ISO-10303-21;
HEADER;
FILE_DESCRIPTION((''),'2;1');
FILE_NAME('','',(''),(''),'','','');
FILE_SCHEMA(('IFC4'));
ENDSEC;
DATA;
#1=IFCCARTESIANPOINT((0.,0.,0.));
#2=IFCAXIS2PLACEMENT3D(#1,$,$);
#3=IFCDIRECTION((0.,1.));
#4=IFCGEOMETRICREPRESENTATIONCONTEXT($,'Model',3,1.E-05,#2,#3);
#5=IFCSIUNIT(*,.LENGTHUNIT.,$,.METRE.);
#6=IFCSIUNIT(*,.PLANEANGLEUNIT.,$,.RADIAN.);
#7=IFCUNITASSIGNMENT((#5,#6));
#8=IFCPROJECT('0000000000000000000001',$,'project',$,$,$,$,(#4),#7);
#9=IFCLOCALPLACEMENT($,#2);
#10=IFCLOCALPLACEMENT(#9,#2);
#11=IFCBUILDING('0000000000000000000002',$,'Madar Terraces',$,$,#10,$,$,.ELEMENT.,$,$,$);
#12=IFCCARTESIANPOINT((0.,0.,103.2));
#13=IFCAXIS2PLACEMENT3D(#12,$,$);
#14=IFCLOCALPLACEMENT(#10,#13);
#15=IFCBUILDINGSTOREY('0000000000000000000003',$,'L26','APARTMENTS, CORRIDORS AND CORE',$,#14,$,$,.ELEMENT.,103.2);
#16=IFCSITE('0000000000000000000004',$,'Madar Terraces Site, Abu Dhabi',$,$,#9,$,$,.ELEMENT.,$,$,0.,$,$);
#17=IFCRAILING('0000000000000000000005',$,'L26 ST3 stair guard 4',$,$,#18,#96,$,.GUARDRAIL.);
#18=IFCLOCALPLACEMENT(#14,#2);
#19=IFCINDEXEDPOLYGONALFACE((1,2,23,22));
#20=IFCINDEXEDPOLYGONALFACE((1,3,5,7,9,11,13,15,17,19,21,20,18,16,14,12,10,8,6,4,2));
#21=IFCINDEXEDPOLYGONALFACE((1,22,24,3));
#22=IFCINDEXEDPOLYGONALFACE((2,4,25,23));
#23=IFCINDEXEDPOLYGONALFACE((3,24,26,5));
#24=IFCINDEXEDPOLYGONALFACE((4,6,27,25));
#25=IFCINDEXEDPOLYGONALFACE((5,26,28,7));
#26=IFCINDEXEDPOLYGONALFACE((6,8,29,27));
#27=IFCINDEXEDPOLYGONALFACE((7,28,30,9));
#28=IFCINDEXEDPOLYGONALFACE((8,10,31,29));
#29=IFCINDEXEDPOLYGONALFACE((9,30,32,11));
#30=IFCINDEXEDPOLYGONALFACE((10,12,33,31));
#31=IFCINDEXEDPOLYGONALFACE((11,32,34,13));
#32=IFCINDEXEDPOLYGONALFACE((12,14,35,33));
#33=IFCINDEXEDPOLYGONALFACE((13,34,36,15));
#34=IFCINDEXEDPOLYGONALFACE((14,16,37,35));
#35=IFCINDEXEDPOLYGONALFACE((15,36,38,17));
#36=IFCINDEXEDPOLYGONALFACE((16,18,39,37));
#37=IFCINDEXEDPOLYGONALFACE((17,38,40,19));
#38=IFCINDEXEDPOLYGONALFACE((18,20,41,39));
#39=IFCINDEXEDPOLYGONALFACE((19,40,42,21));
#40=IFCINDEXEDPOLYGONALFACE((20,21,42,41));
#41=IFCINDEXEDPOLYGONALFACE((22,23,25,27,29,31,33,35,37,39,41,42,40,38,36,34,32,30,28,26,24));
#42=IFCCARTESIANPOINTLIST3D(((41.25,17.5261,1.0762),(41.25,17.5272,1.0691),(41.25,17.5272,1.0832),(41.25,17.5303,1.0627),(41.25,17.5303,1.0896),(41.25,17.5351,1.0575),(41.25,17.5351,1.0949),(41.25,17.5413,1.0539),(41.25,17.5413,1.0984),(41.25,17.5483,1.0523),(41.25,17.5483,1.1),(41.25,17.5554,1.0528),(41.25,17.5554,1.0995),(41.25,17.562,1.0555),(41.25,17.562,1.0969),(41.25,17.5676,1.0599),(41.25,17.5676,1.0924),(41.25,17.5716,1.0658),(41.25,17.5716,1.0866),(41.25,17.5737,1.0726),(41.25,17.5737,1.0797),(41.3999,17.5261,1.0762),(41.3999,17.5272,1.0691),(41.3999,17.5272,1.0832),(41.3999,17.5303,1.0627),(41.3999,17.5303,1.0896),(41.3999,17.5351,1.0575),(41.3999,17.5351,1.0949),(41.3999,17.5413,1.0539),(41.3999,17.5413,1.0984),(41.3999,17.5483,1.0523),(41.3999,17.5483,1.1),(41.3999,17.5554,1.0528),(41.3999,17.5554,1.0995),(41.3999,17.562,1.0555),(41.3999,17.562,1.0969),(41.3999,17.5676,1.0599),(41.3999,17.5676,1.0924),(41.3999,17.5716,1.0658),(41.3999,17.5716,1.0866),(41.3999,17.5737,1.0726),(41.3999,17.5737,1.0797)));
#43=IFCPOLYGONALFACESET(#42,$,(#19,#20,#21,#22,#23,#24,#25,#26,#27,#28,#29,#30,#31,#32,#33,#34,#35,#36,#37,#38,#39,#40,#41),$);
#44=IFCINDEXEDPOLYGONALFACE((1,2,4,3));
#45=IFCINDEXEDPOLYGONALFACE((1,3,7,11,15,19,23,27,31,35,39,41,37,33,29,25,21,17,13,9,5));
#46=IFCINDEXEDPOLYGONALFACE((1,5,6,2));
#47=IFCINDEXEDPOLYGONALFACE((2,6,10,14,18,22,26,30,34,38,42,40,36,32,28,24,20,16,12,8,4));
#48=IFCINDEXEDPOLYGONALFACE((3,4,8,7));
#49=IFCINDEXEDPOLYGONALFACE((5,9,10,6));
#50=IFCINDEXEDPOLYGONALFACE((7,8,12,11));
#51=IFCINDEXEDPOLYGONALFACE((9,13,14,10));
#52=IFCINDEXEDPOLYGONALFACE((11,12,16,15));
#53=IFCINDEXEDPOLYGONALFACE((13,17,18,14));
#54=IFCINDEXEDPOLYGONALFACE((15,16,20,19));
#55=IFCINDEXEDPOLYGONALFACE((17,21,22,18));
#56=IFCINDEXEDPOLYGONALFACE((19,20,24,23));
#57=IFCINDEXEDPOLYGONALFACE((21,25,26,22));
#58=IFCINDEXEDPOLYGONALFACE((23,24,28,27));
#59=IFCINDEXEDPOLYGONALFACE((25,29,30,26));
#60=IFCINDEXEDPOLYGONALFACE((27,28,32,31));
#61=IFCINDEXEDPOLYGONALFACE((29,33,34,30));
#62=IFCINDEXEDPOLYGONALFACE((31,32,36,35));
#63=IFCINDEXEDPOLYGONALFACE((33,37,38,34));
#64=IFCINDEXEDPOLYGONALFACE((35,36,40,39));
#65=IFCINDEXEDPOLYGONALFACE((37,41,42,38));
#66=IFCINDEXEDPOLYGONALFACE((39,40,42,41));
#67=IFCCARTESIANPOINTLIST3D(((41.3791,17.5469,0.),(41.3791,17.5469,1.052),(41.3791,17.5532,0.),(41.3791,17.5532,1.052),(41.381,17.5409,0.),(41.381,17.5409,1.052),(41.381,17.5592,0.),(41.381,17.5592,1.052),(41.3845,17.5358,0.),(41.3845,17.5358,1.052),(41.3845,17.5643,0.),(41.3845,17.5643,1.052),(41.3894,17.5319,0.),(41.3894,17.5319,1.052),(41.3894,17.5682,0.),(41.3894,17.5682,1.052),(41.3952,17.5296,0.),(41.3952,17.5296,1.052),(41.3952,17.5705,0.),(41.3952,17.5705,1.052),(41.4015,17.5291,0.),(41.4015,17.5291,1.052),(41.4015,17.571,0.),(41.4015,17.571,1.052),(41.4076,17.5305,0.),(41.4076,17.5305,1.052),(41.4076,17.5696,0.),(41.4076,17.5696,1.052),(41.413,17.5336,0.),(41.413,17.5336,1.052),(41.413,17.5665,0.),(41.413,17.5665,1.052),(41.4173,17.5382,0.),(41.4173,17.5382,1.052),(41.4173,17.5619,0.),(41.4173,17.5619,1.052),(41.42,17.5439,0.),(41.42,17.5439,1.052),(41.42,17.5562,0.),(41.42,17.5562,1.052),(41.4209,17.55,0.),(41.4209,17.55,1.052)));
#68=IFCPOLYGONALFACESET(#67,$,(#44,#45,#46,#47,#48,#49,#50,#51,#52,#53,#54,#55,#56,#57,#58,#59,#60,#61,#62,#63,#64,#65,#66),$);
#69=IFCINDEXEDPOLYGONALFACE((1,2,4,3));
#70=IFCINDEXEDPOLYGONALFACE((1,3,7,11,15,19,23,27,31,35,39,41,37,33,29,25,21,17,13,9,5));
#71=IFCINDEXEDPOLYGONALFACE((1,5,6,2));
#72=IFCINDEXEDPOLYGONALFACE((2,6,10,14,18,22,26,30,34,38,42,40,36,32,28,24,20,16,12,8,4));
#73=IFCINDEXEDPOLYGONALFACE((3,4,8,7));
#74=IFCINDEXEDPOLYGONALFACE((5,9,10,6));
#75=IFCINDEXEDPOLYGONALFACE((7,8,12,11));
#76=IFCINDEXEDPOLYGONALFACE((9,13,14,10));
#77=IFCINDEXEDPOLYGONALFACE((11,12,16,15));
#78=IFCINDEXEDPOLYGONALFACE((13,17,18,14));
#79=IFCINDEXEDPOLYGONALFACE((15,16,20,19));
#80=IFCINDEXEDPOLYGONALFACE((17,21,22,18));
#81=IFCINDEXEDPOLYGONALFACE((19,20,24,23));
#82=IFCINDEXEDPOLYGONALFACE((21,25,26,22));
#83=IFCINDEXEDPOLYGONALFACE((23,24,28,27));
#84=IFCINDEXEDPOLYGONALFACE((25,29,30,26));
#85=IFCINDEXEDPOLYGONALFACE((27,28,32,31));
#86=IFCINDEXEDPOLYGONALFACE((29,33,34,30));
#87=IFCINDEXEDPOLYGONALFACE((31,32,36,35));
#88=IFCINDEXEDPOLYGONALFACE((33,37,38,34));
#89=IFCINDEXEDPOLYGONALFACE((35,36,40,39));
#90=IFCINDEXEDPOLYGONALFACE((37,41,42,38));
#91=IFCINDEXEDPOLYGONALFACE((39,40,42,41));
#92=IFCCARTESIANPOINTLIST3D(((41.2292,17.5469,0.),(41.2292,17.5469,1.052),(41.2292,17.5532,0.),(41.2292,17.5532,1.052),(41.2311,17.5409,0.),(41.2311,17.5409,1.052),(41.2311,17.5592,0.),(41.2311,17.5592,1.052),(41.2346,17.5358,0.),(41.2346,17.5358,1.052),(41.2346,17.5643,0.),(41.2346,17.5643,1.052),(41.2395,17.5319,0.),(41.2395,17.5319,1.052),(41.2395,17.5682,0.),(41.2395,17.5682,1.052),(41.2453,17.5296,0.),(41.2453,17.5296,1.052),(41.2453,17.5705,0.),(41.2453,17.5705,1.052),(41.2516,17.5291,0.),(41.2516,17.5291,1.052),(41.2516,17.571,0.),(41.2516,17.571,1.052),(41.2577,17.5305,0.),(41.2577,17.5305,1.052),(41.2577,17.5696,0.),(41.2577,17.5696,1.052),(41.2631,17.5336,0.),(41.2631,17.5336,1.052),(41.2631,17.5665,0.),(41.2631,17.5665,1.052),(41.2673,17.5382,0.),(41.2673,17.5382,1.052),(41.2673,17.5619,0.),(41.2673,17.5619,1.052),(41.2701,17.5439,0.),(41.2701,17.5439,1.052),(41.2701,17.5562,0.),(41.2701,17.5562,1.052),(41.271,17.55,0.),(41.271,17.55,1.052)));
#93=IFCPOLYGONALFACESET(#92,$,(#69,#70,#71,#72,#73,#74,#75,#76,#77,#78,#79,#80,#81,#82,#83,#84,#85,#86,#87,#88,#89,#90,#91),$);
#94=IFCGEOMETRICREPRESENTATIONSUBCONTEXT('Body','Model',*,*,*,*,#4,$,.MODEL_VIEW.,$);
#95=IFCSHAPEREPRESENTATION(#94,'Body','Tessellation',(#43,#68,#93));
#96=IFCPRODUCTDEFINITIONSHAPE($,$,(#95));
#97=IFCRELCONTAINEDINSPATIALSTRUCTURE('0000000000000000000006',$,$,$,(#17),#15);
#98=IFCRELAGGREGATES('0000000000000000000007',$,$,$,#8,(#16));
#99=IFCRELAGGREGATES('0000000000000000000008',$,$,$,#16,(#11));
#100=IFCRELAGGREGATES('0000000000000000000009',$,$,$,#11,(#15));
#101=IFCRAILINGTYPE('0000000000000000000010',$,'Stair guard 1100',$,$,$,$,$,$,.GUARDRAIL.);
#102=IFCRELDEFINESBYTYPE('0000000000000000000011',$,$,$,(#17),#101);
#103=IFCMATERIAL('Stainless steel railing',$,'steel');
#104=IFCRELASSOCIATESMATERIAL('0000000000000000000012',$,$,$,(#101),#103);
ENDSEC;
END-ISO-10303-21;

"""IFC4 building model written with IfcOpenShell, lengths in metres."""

from ifc_helpers import new_model, si_unit, direction, frame, origin, origin_2d, place, context, subcontext, project, spatial, circle, extrude, material, type_object, element, save


model = new_model("IFC4")

# Units and contexts
model_context = context("Model", 3, precision=1e-05, world=origin(), true_north=direction((0.0, 1.0)))
body_context = subcontext(model_context, "Body", "Model", "MODEL_VIEW")
ifc_project = project(units=[si_unit("LENGTHUNIT", "METRE"), si_unit("PLANEANGLEUNIT", "RADIAN")], contexts=[model_context])

# Site, building, storey
site_placement = place(None, origin())
site = spatial("IfcSite", under=ifc_project, at=site_placement, Name="Madar Terraces Site, Abu Dhabi", CompositionType="ELEMENT", RefElevation=0.0)
building_placement = place(site_placement, origin())
building = spatial("IfcBuilding", under=site, at=building_placement, Name="Madar Terraces", CompositionType="ELEMENT")
storey_placement = place(building_placement, frame((0.0, 0.0, 103.2)))
storey = spatial("IfcBuildingStorey", under=building, at=storey_placement, Name="L26", Description="APARTMENTS, CORRIDORS AND CORE", CompositionType="ELEMENT", Elevation=103.2)

# Railing
ifc_material_1 = material(Name="Stainless steel railing", Category="steel")
railing_type_1 = type_object("IfcRailingType", Name="Stair guard 1100", PredefinedType="GUARDRAIL", material=ifc_material_1)
railing_1_placement = place(storey_placement, frame((41.3999, 17.55, 0.0)))
element("IfcRailing", 1, at=railing_1_placement, inside=storey, type_object=railing_type_1, Name="L26 ST3 stair guard 4", PredefinedType="GUARDRAIL", context=body_context, shape_type="SweptSolid", body=[
    extrude(circle(Radius=0.0239, at=origin_2d()), frame((0.0, 0.0, 1.0762), z_axis=(-1.0, 0.0, 0.0), x_axis=(0.0, -1.0, 0.0)), (0.0, 0.0, 1.0), 0.1499),
    extrude(circle(Radius=0.021, at=origin_2d()), origin(), (0.0, 0.0, 1.0), 1.052),
    extrude(circle(Radius=0.021, at=origin_2d()), frame((-0.1499, 0.0, 0.0)), (0.0, 0.0, 1.0), 1.052),
])

save(model, "model.ifc")
